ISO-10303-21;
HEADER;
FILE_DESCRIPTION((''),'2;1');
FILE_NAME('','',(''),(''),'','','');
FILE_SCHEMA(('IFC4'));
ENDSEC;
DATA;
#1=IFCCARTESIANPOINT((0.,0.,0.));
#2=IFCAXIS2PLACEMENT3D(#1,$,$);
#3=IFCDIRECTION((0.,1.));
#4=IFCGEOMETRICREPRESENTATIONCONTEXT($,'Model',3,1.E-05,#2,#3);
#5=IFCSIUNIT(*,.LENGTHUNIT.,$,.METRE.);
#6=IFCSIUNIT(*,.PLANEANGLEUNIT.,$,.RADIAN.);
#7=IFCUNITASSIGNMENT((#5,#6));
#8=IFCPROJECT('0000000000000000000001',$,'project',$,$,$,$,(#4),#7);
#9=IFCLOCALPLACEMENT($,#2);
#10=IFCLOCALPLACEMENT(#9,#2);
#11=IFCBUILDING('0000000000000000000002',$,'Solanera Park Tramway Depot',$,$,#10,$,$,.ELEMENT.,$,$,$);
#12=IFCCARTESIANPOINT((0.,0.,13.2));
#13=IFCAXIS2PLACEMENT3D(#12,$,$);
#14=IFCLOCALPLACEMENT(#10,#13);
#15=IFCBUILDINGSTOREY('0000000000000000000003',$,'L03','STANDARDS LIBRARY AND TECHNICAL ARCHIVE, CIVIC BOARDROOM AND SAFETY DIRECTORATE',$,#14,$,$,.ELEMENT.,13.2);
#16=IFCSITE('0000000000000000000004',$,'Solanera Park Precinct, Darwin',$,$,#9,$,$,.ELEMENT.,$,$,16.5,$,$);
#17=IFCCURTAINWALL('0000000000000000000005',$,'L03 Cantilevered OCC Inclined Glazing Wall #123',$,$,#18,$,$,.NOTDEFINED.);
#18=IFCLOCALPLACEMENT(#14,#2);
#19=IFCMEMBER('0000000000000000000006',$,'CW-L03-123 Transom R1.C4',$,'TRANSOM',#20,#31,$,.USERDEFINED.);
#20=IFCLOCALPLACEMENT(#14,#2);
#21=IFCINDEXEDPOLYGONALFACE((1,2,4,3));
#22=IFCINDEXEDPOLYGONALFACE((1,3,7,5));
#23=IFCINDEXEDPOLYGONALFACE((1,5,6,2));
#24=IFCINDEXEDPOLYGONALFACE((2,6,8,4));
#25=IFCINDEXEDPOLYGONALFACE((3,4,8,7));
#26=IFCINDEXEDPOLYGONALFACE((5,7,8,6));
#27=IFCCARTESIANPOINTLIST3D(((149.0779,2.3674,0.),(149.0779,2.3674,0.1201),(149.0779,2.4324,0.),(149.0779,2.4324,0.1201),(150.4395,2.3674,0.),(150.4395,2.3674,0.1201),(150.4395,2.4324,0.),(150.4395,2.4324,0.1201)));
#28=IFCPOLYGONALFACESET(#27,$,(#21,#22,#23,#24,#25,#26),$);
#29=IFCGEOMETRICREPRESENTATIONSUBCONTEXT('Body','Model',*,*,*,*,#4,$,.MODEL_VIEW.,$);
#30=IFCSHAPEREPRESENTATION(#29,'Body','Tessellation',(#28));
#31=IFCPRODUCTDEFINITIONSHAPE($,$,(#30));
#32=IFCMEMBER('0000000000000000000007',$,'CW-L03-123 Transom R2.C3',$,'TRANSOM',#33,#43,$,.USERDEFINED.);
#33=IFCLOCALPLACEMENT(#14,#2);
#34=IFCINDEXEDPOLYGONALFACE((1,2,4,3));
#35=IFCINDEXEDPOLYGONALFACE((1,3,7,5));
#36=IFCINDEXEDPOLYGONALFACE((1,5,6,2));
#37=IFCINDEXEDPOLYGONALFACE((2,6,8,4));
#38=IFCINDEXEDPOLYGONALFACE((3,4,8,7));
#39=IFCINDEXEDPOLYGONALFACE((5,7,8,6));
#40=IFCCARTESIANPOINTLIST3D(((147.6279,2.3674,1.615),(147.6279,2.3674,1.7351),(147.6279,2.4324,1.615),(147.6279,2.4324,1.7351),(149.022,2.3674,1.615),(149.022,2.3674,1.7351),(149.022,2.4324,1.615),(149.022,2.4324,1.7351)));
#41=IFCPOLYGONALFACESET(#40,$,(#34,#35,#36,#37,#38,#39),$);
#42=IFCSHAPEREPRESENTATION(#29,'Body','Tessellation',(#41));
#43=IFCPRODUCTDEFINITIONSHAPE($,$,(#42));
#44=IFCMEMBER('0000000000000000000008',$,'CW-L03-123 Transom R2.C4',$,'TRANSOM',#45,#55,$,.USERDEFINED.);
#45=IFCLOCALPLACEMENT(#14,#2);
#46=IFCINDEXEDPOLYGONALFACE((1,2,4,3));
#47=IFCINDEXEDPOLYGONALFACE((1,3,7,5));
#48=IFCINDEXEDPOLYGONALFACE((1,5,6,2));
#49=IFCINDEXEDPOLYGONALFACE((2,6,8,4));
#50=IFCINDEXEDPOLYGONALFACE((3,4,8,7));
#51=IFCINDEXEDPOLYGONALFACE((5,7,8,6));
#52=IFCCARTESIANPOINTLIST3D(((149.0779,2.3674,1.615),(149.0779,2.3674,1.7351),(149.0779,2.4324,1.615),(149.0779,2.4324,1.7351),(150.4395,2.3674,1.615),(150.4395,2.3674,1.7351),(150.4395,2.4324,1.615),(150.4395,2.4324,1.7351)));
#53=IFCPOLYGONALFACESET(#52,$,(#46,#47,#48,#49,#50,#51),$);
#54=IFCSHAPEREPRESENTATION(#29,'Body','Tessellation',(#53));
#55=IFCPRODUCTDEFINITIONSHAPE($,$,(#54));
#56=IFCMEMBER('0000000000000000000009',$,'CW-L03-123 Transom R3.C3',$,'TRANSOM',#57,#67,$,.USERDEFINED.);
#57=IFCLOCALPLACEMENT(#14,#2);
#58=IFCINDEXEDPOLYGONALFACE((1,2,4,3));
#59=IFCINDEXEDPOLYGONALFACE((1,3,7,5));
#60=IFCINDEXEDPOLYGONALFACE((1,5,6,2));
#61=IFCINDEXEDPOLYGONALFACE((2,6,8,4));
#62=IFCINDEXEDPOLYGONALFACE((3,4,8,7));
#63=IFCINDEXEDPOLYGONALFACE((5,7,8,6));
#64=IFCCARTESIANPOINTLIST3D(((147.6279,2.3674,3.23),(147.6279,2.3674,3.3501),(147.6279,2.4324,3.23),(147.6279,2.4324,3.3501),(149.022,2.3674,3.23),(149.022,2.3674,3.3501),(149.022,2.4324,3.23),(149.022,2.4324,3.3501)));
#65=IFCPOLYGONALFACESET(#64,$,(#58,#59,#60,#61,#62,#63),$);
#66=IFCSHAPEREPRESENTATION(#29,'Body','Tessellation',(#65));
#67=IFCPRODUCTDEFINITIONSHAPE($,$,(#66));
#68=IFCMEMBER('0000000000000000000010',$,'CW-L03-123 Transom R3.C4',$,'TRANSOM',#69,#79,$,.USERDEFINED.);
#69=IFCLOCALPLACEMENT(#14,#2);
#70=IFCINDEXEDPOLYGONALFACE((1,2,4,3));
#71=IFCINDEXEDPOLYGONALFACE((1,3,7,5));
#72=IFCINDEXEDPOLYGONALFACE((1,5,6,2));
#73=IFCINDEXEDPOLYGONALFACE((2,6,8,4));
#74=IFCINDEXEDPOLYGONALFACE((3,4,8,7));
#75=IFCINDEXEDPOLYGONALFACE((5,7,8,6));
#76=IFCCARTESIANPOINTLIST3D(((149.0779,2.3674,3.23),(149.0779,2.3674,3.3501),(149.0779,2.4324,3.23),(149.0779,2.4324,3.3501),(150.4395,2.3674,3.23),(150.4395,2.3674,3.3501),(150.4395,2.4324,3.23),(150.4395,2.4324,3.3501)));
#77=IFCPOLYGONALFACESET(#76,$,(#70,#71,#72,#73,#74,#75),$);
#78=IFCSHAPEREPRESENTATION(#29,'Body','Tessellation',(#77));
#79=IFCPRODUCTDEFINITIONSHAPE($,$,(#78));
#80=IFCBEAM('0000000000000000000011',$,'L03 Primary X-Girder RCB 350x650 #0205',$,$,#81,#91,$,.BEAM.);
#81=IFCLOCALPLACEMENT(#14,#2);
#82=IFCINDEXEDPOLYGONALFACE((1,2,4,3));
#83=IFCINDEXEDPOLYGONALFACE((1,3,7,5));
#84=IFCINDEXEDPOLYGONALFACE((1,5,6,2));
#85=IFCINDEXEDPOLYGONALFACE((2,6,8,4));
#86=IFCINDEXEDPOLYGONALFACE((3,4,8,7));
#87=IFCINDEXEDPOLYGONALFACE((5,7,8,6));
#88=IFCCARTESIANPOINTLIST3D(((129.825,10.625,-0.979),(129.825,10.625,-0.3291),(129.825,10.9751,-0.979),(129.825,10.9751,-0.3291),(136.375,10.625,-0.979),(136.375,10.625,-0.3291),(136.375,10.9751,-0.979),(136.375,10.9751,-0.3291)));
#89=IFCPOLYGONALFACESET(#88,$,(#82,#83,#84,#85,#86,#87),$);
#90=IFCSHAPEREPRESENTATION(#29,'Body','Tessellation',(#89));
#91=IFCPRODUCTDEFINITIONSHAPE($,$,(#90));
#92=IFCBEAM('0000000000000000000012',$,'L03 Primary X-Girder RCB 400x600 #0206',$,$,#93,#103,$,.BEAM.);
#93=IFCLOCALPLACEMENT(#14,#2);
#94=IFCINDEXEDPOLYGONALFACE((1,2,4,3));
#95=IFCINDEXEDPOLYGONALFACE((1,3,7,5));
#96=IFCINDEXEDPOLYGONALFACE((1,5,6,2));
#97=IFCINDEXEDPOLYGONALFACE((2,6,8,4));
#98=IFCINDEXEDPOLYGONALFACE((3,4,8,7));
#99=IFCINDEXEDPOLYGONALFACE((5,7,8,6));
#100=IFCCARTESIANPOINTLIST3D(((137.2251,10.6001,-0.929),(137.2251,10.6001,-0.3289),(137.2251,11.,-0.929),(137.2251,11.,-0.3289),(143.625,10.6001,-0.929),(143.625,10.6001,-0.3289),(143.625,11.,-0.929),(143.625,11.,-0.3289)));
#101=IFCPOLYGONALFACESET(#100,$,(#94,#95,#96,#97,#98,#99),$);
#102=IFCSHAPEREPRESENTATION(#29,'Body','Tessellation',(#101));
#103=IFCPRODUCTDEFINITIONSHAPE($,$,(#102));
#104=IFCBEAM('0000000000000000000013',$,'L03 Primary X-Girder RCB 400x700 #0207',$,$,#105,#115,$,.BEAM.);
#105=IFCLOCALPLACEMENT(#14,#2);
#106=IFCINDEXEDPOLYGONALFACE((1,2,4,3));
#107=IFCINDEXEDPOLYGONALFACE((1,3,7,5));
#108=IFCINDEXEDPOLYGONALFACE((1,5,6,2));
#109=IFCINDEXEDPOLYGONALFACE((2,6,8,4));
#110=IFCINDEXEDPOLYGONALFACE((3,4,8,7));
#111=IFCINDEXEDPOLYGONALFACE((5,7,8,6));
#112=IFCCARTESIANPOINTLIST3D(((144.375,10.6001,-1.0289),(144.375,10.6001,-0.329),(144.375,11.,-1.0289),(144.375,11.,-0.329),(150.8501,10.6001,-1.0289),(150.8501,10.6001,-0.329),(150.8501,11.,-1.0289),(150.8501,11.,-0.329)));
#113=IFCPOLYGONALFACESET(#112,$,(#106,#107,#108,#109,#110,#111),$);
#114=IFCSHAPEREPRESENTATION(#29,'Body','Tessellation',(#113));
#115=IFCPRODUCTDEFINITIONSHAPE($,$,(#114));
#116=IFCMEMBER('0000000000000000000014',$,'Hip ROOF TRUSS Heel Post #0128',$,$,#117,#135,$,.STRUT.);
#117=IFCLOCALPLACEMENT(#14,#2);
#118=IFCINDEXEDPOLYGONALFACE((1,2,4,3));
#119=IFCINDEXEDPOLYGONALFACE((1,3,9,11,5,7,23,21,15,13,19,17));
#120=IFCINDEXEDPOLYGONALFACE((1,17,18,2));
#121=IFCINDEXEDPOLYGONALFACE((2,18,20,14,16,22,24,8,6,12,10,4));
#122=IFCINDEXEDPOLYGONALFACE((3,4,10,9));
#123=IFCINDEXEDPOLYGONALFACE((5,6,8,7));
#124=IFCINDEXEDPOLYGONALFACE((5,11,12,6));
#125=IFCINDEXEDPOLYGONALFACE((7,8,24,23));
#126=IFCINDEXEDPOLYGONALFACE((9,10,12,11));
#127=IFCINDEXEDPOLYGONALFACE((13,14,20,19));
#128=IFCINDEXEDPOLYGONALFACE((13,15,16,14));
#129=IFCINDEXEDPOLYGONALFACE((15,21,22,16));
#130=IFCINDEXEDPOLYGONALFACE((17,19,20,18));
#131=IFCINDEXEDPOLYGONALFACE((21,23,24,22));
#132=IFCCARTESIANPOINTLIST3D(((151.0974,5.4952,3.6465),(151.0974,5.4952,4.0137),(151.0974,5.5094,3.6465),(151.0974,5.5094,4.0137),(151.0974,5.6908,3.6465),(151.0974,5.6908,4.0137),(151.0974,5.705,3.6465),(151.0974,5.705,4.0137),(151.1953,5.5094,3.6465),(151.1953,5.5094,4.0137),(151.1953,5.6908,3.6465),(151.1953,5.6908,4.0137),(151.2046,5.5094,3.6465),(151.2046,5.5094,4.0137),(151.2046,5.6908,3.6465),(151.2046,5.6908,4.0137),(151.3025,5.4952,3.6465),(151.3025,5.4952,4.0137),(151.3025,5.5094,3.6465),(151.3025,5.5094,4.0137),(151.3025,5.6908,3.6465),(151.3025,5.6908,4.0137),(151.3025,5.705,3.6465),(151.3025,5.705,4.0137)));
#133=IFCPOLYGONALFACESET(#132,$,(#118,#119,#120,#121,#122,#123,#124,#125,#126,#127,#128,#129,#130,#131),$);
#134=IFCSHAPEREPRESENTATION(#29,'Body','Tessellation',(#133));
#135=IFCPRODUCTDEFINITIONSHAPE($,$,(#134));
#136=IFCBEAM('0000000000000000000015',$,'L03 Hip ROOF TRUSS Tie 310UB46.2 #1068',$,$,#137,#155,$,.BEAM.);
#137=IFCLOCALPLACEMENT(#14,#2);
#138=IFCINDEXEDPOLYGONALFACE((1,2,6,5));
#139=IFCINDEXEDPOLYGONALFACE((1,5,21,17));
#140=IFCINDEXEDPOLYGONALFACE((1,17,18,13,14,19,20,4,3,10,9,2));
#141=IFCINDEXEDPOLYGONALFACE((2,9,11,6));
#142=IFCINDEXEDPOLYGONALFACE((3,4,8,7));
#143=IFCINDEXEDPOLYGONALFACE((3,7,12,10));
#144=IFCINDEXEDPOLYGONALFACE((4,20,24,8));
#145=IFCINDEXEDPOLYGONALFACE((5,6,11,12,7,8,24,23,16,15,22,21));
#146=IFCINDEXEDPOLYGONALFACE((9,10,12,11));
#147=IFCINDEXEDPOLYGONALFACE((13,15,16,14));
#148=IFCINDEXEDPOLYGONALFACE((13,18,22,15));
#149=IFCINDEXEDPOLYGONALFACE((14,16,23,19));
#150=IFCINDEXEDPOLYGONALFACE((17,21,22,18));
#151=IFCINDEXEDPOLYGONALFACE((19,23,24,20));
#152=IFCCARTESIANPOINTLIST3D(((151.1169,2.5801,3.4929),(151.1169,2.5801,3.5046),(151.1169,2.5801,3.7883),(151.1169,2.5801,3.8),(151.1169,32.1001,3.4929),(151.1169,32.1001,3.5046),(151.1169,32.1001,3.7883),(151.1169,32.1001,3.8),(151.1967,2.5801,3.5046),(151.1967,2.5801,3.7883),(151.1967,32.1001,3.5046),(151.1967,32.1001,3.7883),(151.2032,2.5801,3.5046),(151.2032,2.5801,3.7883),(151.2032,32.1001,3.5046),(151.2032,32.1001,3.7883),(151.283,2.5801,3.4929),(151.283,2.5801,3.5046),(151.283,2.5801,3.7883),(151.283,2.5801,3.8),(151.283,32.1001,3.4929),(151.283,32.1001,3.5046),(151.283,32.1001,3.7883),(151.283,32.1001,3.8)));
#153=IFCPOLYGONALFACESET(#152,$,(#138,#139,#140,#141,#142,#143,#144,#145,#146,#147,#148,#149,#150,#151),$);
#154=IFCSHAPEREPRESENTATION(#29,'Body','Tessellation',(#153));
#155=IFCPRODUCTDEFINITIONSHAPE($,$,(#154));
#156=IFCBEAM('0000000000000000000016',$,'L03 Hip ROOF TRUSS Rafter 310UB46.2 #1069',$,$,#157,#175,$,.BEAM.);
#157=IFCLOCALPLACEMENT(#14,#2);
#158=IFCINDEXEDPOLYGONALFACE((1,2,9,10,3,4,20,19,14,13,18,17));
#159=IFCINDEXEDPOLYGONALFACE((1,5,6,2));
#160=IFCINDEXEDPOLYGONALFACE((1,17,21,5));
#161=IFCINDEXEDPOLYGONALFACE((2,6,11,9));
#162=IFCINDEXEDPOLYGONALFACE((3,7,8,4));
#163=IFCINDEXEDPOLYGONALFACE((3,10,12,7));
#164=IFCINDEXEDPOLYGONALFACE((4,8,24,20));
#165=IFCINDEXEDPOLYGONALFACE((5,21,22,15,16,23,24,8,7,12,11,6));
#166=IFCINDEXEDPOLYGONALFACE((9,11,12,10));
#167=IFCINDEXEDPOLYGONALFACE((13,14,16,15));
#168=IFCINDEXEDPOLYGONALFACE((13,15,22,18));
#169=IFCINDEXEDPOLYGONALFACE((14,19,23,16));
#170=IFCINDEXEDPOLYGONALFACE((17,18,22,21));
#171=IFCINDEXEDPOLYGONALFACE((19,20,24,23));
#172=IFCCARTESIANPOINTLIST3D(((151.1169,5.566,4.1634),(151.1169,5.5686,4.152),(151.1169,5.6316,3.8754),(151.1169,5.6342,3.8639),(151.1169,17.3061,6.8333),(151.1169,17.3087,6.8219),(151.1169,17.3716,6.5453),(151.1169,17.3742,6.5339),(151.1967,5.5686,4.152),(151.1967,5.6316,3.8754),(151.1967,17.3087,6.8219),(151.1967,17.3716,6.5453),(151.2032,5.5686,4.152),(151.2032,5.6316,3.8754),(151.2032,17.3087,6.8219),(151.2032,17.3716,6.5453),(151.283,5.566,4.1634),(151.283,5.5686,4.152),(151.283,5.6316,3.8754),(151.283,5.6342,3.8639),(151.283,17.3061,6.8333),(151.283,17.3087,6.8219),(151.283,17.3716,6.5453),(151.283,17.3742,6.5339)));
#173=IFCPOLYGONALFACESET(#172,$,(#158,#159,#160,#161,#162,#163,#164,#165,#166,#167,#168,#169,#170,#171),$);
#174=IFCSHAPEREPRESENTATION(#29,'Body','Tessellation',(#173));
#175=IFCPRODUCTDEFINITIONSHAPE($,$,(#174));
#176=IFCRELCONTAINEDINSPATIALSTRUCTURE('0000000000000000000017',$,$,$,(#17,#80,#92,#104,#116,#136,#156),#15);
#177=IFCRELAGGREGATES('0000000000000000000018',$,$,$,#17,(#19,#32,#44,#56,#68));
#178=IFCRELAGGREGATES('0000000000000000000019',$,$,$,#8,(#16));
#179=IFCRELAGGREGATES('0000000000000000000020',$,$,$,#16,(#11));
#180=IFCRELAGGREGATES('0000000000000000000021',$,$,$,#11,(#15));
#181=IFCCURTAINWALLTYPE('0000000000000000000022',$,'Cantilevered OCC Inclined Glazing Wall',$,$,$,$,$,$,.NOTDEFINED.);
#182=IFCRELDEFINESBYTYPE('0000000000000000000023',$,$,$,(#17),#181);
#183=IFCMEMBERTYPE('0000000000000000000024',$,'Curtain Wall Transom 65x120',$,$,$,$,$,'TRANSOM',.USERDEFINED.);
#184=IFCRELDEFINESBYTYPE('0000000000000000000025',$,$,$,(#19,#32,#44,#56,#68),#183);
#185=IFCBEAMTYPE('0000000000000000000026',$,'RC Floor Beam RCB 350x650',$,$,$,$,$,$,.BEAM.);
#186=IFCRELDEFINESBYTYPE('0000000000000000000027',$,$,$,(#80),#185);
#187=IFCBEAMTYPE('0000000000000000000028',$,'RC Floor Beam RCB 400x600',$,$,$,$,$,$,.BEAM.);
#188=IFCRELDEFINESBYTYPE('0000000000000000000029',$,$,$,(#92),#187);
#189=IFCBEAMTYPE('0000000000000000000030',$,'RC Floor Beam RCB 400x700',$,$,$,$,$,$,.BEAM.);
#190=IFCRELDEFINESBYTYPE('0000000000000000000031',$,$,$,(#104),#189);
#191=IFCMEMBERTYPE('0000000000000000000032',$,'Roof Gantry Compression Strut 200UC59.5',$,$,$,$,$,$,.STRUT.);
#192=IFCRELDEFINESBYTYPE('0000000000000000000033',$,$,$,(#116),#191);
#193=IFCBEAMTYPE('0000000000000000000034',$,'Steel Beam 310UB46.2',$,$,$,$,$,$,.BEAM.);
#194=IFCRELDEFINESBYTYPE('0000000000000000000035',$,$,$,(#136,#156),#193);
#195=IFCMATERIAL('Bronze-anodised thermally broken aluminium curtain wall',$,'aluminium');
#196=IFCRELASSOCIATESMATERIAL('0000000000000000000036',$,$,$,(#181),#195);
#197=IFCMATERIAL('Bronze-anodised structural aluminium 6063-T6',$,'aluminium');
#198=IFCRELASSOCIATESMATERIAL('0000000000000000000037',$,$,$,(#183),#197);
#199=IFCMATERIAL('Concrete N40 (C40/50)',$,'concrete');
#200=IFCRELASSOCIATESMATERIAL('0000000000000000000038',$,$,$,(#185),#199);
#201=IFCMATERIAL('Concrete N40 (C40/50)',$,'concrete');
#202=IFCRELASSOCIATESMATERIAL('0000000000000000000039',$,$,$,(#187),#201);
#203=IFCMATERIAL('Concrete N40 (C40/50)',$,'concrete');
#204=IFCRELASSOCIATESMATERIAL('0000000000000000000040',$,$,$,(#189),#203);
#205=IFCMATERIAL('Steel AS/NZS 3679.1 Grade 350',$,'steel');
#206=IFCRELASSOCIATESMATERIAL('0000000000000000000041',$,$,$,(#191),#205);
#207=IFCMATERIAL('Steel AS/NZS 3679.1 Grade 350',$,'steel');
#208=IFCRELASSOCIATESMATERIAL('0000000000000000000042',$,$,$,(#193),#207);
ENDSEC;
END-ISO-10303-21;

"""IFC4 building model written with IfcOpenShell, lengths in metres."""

from ifc_helpers import new_model, si_unit, direction, frame, origin, origin_2d, place, context, subcontext, project, spatial, rectangle, i_section, extrude, material, material_profile, profile_set, type_object, element, aggregate, save


model = new_model("IFC4")

# Units and contexts
model_context = context("Model", 3, precision=1e-05, world=origin(), true_north=direction((0.0, 1.0)))
body_context = subcontext(model_context, "Body", "Model", "MODEL_VIEW")
ifc_project = project(units=[si_unit("LENGTHUNIT", "METRE"), si_unit("PLANEANGLEUNIT", "RADIAN")], contexts=[model_context])

# Site, building, storey
site_placement = place(None, origin())
site = spatial("IfcSite", under=ifc_project, at=site_placement, Name="Solanera Park Precinct, Darwin", CompositionType="ELEMENT", RefElevation=16.5)
building_placement = place(site_placement, origin())
building = spatial("IfcBuilding", under=site, at=building_placement, Name="Solanera Park Tramway Depot", CompositionType="ELEMENT")
storey_placement = place(building_placement, frame((0.0, 0.0, 13.2)))
storey = spatial("IfcBuildingStorey", under=building, at=storey_placement, Name="L03", Description="STANDARDS LIBRARY AND TECHNICAL ARCHIVE, CIVIC BOARDROOM AND SAFETY DIRECTORATE", CompositionType="ELEMENT", Elevation=13.2)

# Curtain wall, members
ifc_material_1 = material(Name="Bronze-anodised thermally broken aluminium curtain wall", Category="aluminium")
curtain_wall_type = type_object("IfcCurtainWallType", Name="Cantilevered OCC Inclined Glazing Wall", PredefinedType="NOTDEFINED", material=ifc_material_1)
curtain_wall_placement = place(storey_placement, origin())
curtain_wall = element("IfcCurtainWall", 1, at=curtain_wall_placement, inside=storey, type_object=curtain_wall_type, Name="L03 Cantilevered OCC Inclined Glazing Wall #123", PredefinedType="NOTDEFINED")
ifc_material_2 = material(Name="Bronze-anodised structural aluminium 6063-T6", Category="aluminium")
ifc_material_profile_1 = material_profile(ifc_material_2, rectangle(XDim=0.0649, YDim=0.1201, at=origin_2d()), Name="Curtain Wall Transom 65x120")
ifc_profile_set_1 = profile_set([ifc_material_profile_1], Name="Bronze-anodised structural aluminium 6063-T6")
member_type_1 = type_object("IfcMemberType", Name="Curtain Wall Transom 65x120", ElementType="TRANSOM", PredefinedType="USERDEFINED", material=ifc_profile_set_1)
member_1_placement = place(storey_placement, frame((149.0779, 2.3999, 0.0601), z_axis=(1.0, 0.0, 0.0), x_axis=(0.0, 1.0, 0.0)))
member_1 = element("IfcMember", 2, at=member_1_placement, type_object=member_type_1, Name="CW-L03-123 Transom R1.C4", ObjectType="TRANSOM", PredefinedType="USERDEFINED", context=body_context, shape_type="SweptSolid", body=[
    extrude(rectangle(XDim=0.0649, YDim=0.1201, at=origin_2d()), origin(), (0.0, 0.0, 1.0), 1.3616),
])
member_2_placement = place(storey_placement, frame((147.6279, 2.3999, 1.675), z_axis=(1.0, 0.0, 0.0), x_axis=(0.0, 1.0, 0.0)))
member_2 = element("IfcMember", 3, at=member_2_placement, type_object=member_type_1, Name="CW-L03-123 Transom R2.C3", ObjectType="TRANSOM", PredefinedType="USERDEFINED", context=body_context, shape_type="SweptSolid", body=[
    extrude(rectangle(XDim=0.0649, YDim=0.1201, at=origin_2d()), origin(), (0.0, 0.0, 1.0), 1.394),
])
member_3_placement = place(storey_placement, frame((149.0779, 2.3999, 1.675), z_axis=(1.0, 0.0, 0.0), x_axis=(0.0, 1.0, 0.0)))
member_3 = element("IfcMember", 4, at=member_3_placement, type_object=member_type_1, Name="CW-L03-123 Transom R2.C4", ObjectType="TRANSOM", PredefinedType="USERDEFINED", context=body_context, shape_type="SweptSolid", body=[
    extrude(rectangle(XDim=0.0649, YDim=0.1201, at=origin_2d()), origin(), (0.0, 0.0, 1.0), 1.3616),
])
member_4_placement = place(storey_placement, frame((147.6279, 2.3999, 3.29), z_axis=(1.0, 0.0, 0.0), x_axis=(0.0, 1.0, 0.0)))
member_4 = element("IfcMember", 5, at=member_4_placement, type_object=member_type_1, Name="CW-L03-123 Transom R3.C3", ObjectType="TRANSOM", PredefinedType="USERDEFINED", context=body_context, shape_type="SweptSolid", body=[
    extrude(rectangle(XDim=0.0649, YDim=0.1201, at=origin_2d()), origin(), (0.0, 0.0, 1.0), 1.394),
])
member_5_placement = place(storey_placement, frame((149.0779, 2.3999, 3.29), z_axis=(1.0, 0.0, 0.0), x_axis=(0.0, 1.0, 0.0)))
member_5 = element("IfcMember", 6, at=member_5_placement, type_object=member_type_1, Name="CW-L03-123 Transom R3.C4", ObjectType="TRANSOM", PredefinedType="USERDEFINED", context=body_context, shape_type="SweptSolid", body=[
    extrude(rectangle(XDim=0.0649, YDim=0.1201, at=origin_2d()), origin(), (0.0, 0.0, 1.0), 1.3616),
])

# Beams
ifc_material_3 = material(Name="Concrete N40 (C40/50)", Category="concrete")
ifc_material_profile_2 = material_profile(ifc_material_3, rectangle(XDim=0.3501, YDim=0.6499, at=origin_2d()), Name="RCB 350x650")
ifc_profile_set_2 = profile_set([ifc_material_profile_2], Name="Concrete N40 (C40/50)")
beam_type_1 = type_object("IfcBeamType", Name="RC Floor Beam RCB 350x650", PredefinedType="BEAM", material=ifc_profile_set_2)
beam_1_placement = place(storey_placement, frame((129.825, 10.8, -0.6541), z_axis=(1.0, 0.0, 0.0), x_axis=(0.0, 1.0, 0.0)))
element("IfcBeam", 7, at=beam_1_placement, inside=storey, type_object=beam_type_1, Name="L03 Primary X-Girder RCB 350x650 #0205", PredefinedType="BEAM", context=body_context, shape_type="SweptSolid", body=[
    extrude(rectangle(XDim=0.3501, YDim=0.6499, at=origin_2d()), origin(), (0.0, 0.0, 1.0), 6.55),
])
ifc_material_4 = material(Name="Concrete N40 (C40/50)", Category="concrete")
ifc_material_profile_3 = material_profile(ifc_material_4, rectangle(XDim=0.3999, YDim=0.6001, at=origin_2d()), Name="RCB 400x600")
ifc_profile_set_3 = profile_set([ifc_material_profile_3], Name="Concrete N40 (C40/50)")
beam_type_2 = type_object("IfcBeamType", Name="RC Floor Beam RCB 400x600", PredefinedType="BEAM", material=ifc_profile_set_3)
beam_2_placement = place(storey_placement, frame((137.2251, 10.8, -0.6289), z_axis=(1.0, 0.0, 0.0), x_axis=(0.0, 1.0, 0.0)))
element("IfcBeam", 8, at=beam_2_placement, inside=storey, type_object=beam_type_2, Name="L03 Primary X-Girder RCB 400x600 #0206", PredefinedType="BEAM", context=body_context, shape_type="SweptSolid", body=[
    extrude(rectangle(XDim=0.3999, YDim=0.6001, at=origin_2d()), origin(), (0.0, 0.0, 1.0), 6.3999),
])
ifc_material_5 = material(Name="Concrete N40 (C40/50)", Category="concrete")
ifc_material_profile_4 = material_profile(ifc_material_5, rectangle(XDim=0.3999, YDim=0.7, at=origin_2d()), Name="RCB 400x700")
ifc_profile_set_4 = profile_set([ifc_material_profile_4], Name="Concrete N40 (C40/50)")
beam_type_3 = type_object("IfcBeamType", Name="RC Floor Beam RCB 400x700", PredefinedType="BEAM", material=ifc_profile_set_4)
beam_3_placement = place(storey_placement, frame((144.375, 10.8, -0.679), z_axis=(1.0, 0.0, 0.0), x_axis=(0.0, 1.0, 0.0)))
element("IfcBeam", 9, at=beam_3_placement, inside=storey, type_object=beam_type_3, Name="L03 Primary X-Girder RCB 400x700 #0207", PredefinedType="BEAM", context=body_context, shape_type="SweptSolid", body=[
    extrude(rectangle(XDim=0.3999, YDim=0.7, at=origin_2d()), origin(), (0.0, 0.0, 1.0), 6.4751),
])

# Member
ifc_material_6 = material(Name="Steel AS/NZS 3679.1 Grade 350", Category="steel")
ifc_material_profile_5 = material_profile(ifc_material_6, i_section(OverallWidth=0.2051, OverallDepth=0.2097, WebThickness=0.0093, FlangeThickness=0.0142, at=origin_2d()), Name="200UC59.5")
ifc_profile_set_5 = profile_set([ifc_material_profile_5], Name="Steel AS/NZS 3679.1 Grade 350")
member_type_2 = type_object("IfcMemberType", Name="Roof Gantry Compression Strut 200UC59.5", PredefinedType="STRUT", material=ifc_profile_set_5)
member_6_placement = place(storey_placement, frame((151.2, 5.6001, 3.6465), z_axis=(0.0, 0.0, 1.0), x_axis=(1.0, 0.0, 0.0)))
element("IfcMember", 10, at=member_6_placement, inside=storey, type_object=member_type_2, Name="Hip ROOF TRUSS Heel Post #0128", PredefinedType="STRUT", context=body_context, shape_type="SweptSolid", body=[
    extrude(i_section(OverallWidth=0.2051, OverallDepth=0.2097, WebThickness=0.0093, FlangeThickness=0.0142, at=origin_2d()), origin(), (0.0, 0.0, 1.0), 0.3672),
])

# Beams
ifc_material_7 = material(Name="Steel AS/NZS 3679.1 Grade 350", Category="steel")
ifc_material_profile_6 = material_profile(ifc_material_7, i_section(OverallWidth=0.166, OverallDepth=0.3071, WebThickness=0.0066, FlangeThickness=0.0117, at=origin_2d()), Name="310UB46.2")
ifc_profile_set_6 = profile_set([ifc_material_profile_6], Name="Steel AS/NZS 3679.1 Grade 350")
beam_type_4 = type_object("IfcBeamType", Name="Steel Beam 310UB46.2", PredefinedType="BEAM", material=ifc_profile_set_6)
beam_4_placement = place(storey_placement, frame((151.2, 2.5801, 3.6465), z_axis=(0.0, 1.0, 0.0), x_axis=(-1.0, 0.0, 0.0)))
element("IfcBeam", 11, at=beam_4_placement, inside=storey, type_object=beam_type_4, Name="L03 Hip ROOF TRUSS Tie 310UB46.2 #1068", PredefinedType="BEAM", context=body_context, shape_type="SweptSolid", body=[
    extrude(i_section(OverallWidth=0.166, OverallDepth=0.3071, WebThickness=0.0066, FlangeThickness=0.0117, at=origin_2d()), origin(), (0.0, 0.0, 1.0), 29.52),
])
beam_5_placement = place(storey_placement, frame((151.2, 5.6001, 4.0137), z_axis=(0.0, 0.975102, 0.221759), x_axis=(-1.0, 0.0, 0.0)))
element("IfcBeam", 12, at=beam_5_placement, inside=storey, type_object=beam_type_4, Name="L03 Hip ROOF TRUSS Rafter 310UB46.2 #1069", PredefinedType="BEAM", context=body_context, shape_type="SweptSolid", body=[
    extrude(i_section(OverallWidth=0.166, OverallDepth=0.3071, WebThickness=0.0066, FlangeThickness=0.0117, at=origin_2d()), origin(), (0.0, 0.0, 1.0), 12.0398),
])

aggregate(curtain_wall, [member_1, member_2, member_3, member_4, member_5])

save(model, "model.ifc")
